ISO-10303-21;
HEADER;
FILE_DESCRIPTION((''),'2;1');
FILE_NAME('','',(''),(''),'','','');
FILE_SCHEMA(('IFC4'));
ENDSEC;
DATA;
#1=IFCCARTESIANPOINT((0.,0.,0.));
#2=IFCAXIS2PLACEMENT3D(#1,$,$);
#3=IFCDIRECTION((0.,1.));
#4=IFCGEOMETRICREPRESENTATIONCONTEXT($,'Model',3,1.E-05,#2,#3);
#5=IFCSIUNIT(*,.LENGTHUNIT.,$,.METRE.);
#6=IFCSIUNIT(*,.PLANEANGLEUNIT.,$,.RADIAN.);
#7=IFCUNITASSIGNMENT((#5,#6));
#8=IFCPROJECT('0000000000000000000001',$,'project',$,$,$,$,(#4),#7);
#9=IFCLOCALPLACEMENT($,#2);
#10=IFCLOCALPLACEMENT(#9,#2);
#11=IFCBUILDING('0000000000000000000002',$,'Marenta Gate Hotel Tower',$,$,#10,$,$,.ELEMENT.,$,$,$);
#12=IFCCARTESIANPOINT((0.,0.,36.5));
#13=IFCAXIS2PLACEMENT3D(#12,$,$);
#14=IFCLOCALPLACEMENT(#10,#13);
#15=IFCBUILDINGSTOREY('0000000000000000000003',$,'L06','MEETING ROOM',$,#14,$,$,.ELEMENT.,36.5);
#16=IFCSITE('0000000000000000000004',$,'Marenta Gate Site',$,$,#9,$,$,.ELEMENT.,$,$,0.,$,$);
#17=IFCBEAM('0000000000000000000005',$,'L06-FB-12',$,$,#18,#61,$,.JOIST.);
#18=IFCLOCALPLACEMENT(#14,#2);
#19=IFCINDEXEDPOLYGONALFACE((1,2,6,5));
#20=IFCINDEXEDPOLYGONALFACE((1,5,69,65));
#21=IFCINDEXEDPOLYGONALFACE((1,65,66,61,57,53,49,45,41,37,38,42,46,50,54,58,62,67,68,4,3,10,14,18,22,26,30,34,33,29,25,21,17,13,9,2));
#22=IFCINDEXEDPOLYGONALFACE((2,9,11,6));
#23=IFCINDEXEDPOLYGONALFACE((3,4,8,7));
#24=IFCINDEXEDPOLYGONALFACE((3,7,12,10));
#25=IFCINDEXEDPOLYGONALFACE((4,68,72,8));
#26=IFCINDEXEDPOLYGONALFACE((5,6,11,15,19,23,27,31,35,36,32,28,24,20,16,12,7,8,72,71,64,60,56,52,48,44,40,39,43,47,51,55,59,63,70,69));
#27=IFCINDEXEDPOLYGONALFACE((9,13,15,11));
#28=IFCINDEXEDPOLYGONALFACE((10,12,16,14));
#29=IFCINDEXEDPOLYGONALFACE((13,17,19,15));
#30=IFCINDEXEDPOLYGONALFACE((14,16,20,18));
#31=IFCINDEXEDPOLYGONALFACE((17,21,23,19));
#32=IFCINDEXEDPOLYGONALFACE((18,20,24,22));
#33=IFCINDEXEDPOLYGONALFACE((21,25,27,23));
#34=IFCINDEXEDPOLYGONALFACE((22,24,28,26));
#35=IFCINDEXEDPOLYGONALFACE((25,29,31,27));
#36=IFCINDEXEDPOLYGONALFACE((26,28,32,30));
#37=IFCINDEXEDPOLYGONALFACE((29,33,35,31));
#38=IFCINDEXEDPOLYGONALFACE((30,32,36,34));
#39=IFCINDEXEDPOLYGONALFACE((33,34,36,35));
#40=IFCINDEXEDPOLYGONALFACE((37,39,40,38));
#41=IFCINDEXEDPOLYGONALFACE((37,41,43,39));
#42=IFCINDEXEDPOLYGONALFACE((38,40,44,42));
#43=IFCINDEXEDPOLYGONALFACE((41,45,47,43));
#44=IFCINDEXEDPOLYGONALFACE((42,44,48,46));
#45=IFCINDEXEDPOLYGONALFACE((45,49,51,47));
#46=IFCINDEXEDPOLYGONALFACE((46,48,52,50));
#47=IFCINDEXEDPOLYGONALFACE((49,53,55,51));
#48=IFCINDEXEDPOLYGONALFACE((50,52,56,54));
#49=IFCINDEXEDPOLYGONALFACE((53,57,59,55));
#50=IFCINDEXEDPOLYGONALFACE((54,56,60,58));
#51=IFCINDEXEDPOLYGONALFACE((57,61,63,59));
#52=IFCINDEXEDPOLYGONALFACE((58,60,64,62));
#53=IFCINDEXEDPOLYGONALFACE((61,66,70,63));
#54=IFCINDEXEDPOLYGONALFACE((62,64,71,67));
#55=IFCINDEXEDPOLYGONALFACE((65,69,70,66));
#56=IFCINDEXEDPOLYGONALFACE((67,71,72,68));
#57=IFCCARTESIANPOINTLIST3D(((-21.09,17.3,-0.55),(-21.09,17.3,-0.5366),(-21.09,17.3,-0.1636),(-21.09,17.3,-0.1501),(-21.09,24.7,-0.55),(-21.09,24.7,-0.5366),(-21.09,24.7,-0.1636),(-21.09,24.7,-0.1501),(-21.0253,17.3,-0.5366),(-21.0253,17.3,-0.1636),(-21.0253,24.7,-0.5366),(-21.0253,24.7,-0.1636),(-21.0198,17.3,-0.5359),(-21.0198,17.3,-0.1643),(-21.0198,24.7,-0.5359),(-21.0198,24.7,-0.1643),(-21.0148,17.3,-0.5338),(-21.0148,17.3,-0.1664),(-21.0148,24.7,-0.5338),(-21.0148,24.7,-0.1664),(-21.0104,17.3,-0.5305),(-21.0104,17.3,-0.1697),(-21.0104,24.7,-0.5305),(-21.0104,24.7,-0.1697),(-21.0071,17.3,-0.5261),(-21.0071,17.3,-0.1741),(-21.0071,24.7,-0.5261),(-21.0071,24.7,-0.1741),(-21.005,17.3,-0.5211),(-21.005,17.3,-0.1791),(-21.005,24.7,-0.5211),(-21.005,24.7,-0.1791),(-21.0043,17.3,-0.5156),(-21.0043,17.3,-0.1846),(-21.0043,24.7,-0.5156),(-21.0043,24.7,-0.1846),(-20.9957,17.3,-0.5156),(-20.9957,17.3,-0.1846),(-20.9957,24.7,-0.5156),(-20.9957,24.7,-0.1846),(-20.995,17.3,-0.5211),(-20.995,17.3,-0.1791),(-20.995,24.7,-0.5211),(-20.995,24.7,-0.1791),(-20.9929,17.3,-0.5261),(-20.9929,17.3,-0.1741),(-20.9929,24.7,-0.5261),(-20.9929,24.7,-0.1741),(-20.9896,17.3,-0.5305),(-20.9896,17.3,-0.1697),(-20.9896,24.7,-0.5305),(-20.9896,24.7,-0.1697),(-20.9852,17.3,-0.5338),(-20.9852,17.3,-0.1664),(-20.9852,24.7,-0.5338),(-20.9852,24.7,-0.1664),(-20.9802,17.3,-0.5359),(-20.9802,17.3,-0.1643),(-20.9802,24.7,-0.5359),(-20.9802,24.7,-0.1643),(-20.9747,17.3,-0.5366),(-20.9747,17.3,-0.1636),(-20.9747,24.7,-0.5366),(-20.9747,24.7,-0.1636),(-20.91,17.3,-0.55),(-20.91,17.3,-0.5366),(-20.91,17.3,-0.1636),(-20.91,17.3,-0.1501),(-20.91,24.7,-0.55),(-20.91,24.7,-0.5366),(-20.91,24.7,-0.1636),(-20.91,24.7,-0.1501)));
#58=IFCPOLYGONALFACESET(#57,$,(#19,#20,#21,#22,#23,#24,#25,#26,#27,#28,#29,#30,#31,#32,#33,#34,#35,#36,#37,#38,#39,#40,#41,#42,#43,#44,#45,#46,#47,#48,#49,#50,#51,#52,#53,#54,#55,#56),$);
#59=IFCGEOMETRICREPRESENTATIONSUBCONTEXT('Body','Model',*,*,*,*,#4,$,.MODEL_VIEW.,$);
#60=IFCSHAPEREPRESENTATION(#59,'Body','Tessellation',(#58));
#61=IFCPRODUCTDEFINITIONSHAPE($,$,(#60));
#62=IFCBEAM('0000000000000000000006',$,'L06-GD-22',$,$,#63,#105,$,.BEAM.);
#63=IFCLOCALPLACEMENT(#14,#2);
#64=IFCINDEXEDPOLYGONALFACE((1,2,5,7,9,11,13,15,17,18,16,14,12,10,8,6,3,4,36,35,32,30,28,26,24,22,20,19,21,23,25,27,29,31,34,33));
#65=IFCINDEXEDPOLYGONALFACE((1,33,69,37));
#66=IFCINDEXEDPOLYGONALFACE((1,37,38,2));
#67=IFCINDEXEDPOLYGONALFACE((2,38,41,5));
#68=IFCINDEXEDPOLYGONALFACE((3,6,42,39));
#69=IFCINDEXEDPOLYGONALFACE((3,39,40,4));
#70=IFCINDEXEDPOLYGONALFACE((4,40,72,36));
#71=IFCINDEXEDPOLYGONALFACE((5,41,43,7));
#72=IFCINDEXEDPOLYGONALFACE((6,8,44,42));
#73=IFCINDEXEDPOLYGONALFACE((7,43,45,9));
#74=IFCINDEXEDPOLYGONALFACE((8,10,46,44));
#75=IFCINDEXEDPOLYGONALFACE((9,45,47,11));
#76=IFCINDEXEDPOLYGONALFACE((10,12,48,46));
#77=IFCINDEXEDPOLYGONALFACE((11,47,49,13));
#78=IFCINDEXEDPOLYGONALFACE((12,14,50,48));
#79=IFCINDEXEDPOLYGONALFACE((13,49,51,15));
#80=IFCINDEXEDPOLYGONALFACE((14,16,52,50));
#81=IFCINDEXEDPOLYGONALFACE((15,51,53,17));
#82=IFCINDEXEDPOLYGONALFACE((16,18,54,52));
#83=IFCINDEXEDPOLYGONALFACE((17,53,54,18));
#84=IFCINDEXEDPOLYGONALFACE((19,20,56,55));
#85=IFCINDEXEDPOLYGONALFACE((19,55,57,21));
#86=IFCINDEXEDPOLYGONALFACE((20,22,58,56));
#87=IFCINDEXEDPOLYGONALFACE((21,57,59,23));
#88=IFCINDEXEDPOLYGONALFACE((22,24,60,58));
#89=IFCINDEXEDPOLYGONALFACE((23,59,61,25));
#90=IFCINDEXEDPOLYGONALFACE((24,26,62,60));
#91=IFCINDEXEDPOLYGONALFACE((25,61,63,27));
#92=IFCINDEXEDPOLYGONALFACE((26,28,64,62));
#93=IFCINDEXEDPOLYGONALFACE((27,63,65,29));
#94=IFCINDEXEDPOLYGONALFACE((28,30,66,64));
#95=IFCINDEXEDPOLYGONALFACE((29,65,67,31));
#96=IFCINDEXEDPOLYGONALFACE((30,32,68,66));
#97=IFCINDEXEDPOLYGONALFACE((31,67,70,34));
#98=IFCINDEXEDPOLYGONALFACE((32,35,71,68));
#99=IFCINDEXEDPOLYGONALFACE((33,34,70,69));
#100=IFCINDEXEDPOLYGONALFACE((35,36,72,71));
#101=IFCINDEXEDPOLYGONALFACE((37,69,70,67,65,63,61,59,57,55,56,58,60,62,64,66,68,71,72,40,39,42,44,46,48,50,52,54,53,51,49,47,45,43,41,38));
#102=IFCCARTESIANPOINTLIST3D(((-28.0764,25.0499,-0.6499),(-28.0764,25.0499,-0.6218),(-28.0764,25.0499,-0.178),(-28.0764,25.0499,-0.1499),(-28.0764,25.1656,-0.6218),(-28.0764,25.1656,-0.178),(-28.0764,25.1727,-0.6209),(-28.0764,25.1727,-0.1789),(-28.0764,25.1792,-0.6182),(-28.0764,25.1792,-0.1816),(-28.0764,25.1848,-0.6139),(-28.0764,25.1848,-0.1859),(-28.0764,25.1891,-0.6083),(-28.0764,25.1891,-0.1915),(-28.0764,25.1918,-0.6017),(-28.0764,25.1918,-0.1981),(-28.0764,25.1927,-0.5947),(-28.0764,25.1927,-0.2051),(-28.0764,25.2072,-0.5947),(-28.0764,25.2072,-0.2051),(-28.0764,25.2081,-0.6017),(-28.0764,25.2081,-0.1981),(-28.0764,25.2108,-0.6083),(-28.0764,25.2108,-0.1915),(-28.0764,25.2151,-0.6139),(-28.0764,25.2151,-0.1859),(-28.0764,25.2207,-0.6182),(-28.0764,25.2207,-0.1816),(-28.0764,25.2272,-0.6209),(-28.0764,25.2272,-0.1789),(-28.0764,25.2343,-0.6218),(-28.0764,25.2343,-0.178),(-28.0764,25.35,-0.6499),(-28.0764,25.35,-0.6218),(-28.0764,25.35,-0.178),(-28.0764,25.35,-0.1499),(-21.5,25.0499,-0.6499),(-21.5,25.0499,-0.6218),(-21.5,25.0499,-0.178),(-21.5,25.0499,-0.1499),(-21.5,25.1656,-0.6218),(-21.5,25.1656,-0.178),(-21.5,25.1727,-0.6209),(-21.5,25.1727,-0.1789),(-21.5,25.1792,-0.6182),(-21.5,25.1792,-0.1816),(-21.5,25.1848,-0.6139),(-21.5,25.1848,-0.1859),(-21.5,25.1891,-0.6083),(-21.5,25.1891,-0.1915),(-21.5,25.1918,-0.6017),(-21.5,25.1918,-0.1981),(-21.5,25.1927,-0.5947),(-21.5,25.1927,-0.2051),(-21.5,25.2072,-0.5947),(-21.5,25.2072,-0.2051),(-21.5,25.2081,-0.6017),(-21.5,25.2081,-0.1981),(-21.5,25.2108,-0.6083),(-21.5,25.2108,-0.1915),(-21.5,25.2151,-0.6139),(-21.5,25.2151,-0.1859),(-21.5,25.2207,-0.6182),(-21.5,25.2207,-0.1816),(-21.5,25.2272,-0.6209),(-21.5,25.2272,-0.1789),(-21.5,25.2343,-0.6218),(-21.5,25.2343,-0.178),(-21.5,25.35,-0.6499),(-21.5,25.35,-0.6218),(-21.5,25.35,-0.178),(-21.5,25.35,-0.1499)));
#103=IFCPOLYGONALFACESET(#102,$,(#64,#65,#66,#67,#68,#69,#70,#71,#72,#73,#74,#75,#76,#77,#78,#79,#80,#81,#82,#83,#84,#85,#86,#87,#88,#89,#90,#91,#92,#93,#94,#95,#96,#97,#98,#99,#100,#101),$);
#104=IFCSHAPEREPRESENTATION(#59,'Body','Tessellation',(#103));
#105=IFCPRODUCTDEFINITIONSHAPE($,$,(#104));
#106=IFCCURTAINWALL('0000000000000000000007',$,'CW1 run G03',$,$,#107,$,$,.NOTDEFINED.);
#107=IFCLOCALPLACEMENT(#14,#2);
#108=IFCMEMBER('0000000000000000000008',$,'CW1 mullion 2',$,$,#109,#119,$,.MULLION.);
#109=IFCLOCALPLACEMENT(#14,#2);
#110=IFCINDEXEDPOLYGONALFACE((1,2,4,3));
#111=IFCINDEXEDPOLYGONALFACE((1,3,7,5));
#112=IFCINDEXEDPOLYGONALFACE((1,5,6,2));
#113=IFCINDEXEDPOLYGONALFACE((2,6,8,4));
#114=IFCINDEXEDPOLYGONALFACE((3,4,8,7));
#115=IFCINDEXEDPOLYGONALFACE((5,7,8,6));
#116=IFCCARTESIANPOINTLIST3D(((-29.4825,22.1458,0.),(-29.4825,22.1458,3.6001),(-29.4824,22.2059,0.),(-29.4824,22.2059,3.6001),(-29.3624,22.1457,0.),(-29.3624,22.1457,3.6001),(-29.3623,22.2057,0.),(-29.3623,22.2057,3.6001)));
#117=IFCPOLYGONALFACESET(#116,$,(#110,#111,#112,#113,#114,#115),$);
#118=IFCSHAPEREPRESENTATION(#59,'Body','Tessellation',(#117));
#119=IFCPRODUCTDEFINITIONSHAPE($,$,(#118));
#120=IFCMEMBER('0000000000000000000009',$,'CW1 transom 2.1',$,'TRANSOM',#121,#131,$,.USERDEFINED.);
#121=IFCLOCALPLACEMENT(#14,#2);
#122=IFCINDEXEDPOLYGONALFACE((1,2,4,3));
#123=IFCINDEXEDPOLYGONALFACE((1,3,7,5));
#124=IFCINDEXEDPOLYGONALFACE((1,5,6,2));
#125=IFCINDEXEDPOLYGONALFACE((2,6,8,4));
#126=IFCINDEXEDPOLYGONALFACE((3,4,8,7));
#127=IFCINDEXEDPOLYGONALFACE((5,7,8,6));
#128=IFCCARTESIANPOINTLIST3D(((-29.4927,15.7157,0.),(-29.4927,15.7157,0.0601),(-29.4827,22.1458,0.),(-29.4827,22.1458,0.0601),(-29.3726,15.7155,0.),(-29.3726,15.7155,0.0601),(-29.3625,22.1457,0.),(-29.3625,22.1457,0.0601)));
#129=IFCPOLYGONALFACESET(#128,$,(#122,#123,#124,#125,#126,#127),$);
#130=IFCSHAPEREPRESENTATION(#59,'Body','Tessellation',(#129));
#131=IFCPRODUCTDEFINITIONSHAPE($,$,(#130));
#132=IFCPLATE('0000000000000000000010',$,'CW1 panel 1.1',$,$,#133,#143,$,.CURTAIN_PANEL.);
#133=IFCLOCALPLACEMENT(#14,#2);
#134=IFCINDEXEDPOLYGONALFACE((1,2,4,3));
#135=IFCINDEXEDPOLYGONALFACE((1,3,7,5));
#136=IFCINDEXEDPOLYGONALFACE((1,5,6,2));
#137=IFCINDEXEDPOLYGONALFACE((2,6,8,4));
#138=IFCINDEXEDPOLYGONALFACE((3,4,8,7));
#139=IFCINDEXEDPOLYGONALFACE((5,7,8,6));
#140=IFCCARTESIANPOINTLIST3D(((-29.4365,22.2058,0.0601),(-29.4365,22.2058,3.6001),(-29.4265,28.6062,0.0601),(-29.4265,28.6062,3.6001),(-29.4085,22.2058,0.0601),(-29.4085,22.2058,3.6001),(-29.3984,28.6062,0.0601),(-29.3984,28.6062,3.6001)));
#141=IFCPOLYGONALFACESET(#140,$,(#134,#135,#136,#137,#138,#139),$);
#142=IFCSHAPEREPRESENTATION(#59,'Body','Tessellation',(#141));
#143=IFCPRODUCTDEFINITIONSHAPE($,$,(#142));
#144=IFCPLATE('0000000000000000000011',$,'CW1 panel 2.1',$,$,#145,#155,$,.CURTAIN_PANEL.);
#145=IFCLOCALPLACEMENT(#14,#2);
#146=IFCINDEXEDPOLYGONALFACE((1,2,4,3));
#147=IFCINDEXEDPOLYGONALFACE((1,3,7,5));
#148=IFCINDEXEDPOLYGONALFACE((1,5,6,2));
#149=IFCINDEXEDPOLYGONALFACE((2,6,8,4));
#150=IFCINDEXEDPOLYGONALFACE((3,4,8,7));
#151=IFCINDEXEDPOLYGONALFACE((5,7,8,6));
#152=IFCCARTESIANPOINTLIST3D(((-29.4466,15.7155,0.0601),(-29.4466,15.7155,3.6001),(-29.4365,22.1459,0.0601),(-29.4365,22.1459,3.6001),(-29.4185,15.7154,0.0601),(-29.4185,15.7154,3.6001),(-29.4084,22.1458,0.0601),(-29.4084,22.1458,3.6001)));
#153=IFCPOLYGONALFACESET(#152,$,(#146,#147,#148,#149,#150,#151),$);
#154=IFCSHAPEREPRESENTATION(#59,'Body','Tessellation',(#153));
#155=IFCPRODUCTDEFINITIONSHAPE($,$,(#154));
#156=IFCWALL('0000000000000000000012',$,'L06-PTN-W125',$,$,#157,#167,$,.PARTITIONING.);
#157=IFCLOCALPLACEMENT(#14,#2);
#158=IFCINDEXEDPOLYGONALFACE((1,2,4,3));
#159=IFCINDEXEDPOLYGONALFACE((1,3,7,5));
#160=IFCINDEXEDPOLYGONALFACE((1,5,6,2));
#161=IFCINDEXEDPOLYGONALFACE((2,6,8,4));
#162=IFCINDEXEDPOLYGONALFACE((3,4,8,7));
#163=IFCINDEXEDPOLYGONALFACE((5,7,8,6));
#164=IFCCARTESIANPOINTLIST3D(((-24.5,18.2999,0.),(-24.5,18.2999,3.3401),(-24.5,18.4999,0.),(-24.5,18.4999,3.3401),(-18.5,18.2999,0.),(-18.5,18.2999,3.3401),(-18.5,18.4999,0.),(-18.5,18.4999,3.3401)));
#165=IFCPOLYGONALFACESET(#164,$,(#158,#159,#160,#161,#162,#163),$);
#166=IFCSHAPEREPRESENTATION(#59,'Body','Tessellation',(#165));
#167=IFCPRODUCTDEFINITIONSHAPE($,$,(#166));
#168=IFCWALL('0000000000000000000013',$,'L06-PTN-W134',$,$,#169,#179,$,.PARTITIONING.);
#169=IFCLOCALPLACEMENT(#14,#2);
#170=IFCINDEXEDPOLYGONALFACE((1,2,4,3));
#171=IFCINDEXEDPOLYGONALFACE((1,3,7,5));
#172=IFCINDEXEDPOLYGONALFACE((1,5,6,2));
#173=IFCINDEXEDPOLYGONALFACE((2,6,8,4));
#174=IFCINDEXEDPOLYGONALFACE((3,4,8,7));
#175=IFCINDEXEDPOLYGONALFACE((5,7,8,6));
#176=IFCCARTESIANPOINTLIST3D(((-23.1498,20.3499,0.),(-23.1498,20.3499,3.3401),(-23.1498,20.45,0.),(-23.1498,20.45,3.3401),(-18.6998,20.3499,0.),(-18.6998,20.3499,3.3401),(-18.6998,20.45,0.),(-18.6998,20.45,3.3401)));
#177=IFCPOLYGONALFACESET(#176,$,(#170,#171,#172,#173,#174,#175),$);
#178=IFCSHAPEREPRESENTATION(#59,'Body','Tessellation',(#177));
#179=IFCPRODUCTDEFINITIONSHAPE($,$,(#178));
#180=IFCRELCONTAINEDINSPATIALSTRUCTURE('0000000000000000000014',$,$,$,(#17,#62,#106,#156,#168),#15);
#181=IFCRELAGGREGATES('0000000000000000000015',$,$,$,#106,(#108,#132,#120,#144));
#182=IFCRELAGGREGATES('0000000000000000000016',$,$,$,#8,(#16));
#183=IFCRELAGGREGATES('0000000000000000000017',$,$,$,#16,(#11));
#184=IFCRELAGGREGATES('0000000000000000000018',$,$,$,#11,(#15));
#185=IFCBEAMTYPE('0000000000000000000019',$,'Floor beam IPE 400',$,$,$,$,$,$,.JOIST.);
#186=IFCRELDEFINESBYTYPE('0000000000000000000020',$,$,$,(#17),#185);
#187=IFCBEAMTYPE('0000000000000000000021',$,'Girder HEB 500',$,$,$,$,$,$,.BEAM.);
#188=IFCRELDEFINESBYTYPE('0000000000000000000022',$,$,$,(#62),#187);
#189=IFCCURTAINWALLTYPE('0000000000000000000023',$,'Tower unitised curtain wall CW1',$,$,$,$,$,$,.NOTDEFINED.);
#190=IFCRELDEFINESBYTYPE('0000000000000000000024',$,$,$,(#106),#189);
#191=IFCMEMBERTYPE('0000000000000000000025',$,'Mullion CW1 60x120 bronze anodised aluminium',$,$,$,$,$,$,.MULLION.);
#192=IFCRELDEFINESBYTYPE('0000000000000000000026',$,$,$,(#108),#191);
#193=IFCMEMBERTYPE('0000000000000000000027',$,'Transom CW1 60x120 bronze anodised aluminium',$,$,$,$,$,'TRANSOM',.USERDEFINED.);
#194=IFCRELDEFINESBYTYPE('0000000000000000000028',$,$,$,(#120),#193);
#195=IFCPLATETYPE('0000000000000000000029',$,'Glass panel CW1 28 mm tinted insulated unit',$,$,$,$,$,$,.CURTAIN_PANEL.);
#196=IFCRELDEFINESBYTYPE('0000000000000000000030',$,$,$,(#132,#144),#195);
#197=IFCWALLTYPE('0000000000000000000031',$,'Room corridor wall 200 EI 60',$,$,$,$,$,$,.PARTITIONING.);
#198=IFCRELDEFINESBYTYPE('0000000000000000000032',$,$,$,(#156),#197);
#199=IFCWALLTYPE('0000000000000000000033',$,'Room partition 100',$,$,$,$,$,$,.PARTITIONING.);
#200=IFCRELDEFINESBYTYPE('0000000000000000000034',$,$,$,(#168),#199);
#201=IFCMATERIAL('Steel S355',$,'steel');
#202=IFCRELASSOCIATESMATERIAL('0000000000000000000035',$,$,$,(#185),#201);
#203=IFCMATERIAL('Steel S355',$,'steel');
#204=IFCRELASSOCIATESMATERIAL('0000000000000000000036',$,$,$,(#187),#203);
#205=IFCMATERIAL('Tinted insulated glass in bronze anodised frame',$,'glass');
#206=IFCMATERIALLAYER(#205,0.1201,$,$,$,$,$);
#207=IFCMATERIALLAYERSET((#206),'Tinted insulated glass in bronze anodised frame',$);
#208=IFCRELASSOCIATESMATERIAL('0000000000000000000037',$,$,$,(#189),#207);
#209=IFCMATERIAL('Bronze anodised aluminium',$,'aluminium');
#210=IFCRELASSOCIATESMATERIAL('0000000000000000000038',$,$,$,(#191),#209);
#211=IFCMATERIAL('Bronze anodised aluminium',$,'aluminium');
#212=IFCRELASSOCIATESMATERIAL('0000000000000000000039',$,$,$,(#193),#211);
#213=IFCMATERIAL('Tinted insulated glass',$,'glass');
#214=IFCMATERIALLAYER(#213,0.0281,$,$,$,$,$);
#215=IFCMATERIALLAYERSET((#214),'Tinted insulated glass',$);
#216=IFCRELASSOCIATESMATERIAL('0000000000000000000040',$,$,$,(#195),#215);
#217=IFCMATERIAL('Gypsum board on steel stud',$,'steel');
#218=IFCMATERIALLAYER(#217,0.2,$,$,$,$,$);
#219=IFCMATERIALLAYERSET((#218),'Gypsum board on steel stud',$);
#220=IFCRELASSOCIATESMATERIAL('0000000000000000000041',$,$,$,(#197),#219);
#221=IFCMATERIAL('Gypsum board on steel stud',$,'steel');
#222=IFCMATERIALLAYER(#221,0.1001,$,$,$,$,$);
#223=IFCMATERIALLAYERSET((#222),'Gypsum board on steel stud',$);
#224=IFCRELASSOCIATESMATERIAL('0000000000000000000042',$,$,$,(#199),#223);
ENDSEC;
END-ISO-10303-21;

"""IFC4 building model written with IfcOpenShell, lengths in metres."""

from ifc_helpers import new_model, si_unit, direction, frame, frame_2d, origin, origin_2d, place, context, subcontext, project, spatial, rectangle, i_section, extrude, material, layer, layer_set, material_profile, profile_set, type_object, element, aggregate, save


model = new_model("IFC4")

# Units and contexts
model_context = context("Model", 3, precision=1e-05, world=origin(), true_north=direction((0.0, 1.0)))
body_context = subcontext(model_context, "Body", "Model", "MODEL_VIEW")
ifc_project = project(units=[si_unit("LENGTHUNIT", "METRE"), si_unit("PLANEANGLEUNIT", "RADIAN")], contexts=[model_context])

# Site, building, storey
site_placement = place(None, origin())
site = spatial("IfcSite", under=ifc_project, at=site_placement, Name="Marenta Gate Site", CompositionType="ELEMENT", RefElevation=0.0)
building_placement = place(site_placement, origin())
building = spatial("IfcBuilding", under=site, at=building_placement, Name="Marenta Gate Hotel Tower", CompositionType="ELEMENT")
storey_placement = place(building_placement, frame((0.0, 0.0, 36.5)))
storey = spatial("IfcBuildingStorey", under=building, at=storey_placement, Name="L06", Description="MEETING ROOM", CompositionType="ELEMENT", Elevation=36.5)

# Beams
ifc_material_1 = material(Name="Steel S355", Category="steel")
ifc_material_profile_1 = material_profile(ifc_material_1, i_section(OverallWidth=0.1799, OverallDepth=0.3999, WebThickness=0.0085, FlangeThickness=0.0134, FilletRadius=0.021, at=origin_2d()), Name="IPE 400")
ifc_profile_set_1 = profile_set([ifc_material_profile_1], Name="Steel S355")
beam_type_1 = type_object("IfcBeamType", Name="Floor beam IPE 400", PredefinedType="JOIST", material=ifc_profile_set_1)
beam_1_placement = place(storey_placement, frame((-21.0, 17.3, -0.3501), z_axis=(0.0, 1.0, 0.0), x_axis=(-1.0, 0.0, 0.0)))
element("IfcBeam", 1, at=beam_1_placement, inside=storey, type_object=beam_type_1, Name="L06-FB-12", PredefinedType="JOIST", context=body_context, shape_type="SweptSolid", body=[
    extrude(i_section(OverallWidth=0.1799, OverallDepth=0.3999, WebThickness=0.0085, FlangeThickness=0.0134, FilletRadius=0.021, at=origin_2d()), origin(), (0.0, 0.0, 1.0), 7.3999),
])
ifc_material_2 = material(Name="Steel S355", Category="steel")
ifc_material_profile_2 = material_profile(ifc_material_2, i_section(OverallWidth=0.3, OverallDepth=0.5, WebThickness=0.0144, FlangeThickness=0.0281, FilletRadius=0.0271, at=origin_2d()), Name="HEB 500")
ifc_profile_set_2 = profile_set([ifc_material_profile_2], Name="Steel S355")
beam_type_2 = type_object("IfcBeamType", Name="Girder HEB 500", PredefinedType="BEAM", material=ifc_profile_set_2)
beam_2_placement = place(storey_placement, frame((-28.0764, 25.2, -0.3999), z_axis=(1.0, 0.0, 0.0), x_axis=(0.0, 1.0, 0.0)))
element("IfcBeam", 2, at=beam_2_placement, inside=storey, type_object=beam_type_2, Name="L06-GD-22", PredefinedType="BEAM", context=body_context, shape_type="SweptSolid", body=[
    extrude(i_section(OverallWidth=0.3, OverallDepth=0.5, WebThickness=0.0144, FlangeThickness=0.0281, FilletRadius=0.0271, at=origin_2d()), origin(), (0.0, 0.0, 1.0), 6.5764),
])

# Curtain wall, members, plates
ifc_material_3 = material(Name="Tinted insulated glass in bronze anodised frame", Category="glass")
ifc_layer_1 = layer(ifc_material_3, 0.1201)
ifc_layer_set_1 = layer_set([ifc_layer_1], Name="Tinted insulated glass in bronze anodised frame")
curtain_wall_type = type_object("IfcCurtainWallType", Name="Tower unitised curtain wall CW1", PredefinedType="NOTDEFINED", material=ifc_layer_set_1)
curtain_wall_placement = place(storey_placement, origin())
curtain_wall = element("IfcCurtainWall", 3, at=curtain_wall_placement, inside=storey, type_object=curtain_wall_type, Name="CW1 run G03", PredefinedType="NOTDEFINED")
ifc_material_4 = material(Name="Bronze anodised aluminium", Category="aluminium")
ifc_material_profile_3 = material_profile(ifc_material_4, rectangle(XDim=0.1201, YDim=0.0601, at=origin_2d()), Name="Mullion CW1 60x120 bronze anodised aluminium")
ifc_profile_set_3 = profile_set([ifc_material_profile_3], Name="Bronze anodised aluminium")
member_type_1 = type_object("IfcMemberType", Name="Mullion CW1 60x120 bronze anodised aluminium", PredefinedType="MULLION", material=ifc_profile_set_3)
member_1_placement = place(storey_placement, frame((-29.4224, 22.1758, 0.0), z_axis=(0.0, 0.0, 1.0), x_axis=(0.999999, -0.001566, 0.0)))
member_1 = element("IfcMember", 4, at=member_1_placement, type_object=member_type_1, Name="CW1 mullion 2", PredefinedType="MULLION", context=body_context, shape_type="SweptSolid", body=[
    extrude(rectangle(XDim=0.1201, YDim=0.0601, at=origin_2d()), origin(), (0.0, 0.0, 1.0), 3.6001),
])
ifc_material_5 = material(Name="Bronze anodised aluminium", Category="aluminium")
ifc_material_profile_4 = material_profile(ifc_material_5, rectangle(XDim=0.1201, YDim=0.0601, at=origin_2d()), Name="Transom CW1 60x120 bronze anodised aluminium")
ifc_profile_set_4 = profile_set([ifc_material_profile_4], Name="Bronze anodised aluminium")
member_type_2 = type_object("IfcMemberType", Name="Transom CW1 60x120 bronze anodised aluminium", ElementType="TRANSOM", PredefinedType="USERDEFINED", material=ifc_profile_set_4)
member_2_placement = place(storey_placement, frame((-29.4226, 22.1458, 0.03), z_axis=(-0.001557, -0.999999, 0.0), x_axis=(0.999999, -0.001557, 0.0)))
member_2 = element("IfcMember", 5, at=member_2_placement, type_object=member_type_2, Name="CW1 transom 2.1", ObjectType="TRANSOM", PredefinedType="USERDEFINED", context=body_context, shape_type="SweptSolid", body=[
    extrude(rectangle(XDim=0.1201, YDim=0.0601, at=origin_2d()), origin(), (0.0, 0.0, 1.0), 6.4302),
])
ifc_material_6 = material(Name="Tinted insulated glass", Category="glass")
ifc_layer_2 = layer(ifc_material_6, 0.0281)
ifc_layer_set_2 = layer_set([ifc_layer_2], Name="Tinted insulated glass")
plate_type = type_object("IfcPlateType", Name="Glass panel CW1 28 mm tinted insulated unit", PredefinedType="CURTAIN_PANEL", material=ifc_layer_set_2)
plate_1_placement = place(storey_placement, frame((-29.4175, 25.406, 0.0601), z_axis=(0.0, 0.0, 1.0), x_axis=(-0.001566, -0.999999, 0.0)))
plate_1 = element("IfcPlate", 6, at=plate_1_placement, type_object=plate_type, Name="CW1 panel 1.1", PredefinedType="CURTAIN_PANEL", context=body_context, shape_type="SweptSolid", body=[
    extrude(rectangle(XDim=6.4004, YDim=0.0281, at=origin_2d()), origin(), (0.0, 0.0, 1.0), 3.54),
])
plate_2_placement = place(storey_placement, frame((-29.4275, 18.9307, 0.0601), z_axis=(0.0, 0.0, 1.0), x_axis=(-0.001566, -0.999999, 0.0)))
plate_2 = element("IfcPlate", 7, at=plate_2_placement, type_object=plate_type, Name="CW1 panel 2.1", PredefinedType="CURTAIN_PANEL", context=body_context, shape_type="SweptSolid", body=[
    extrude(rectangle(XDim=6.4304, YDim=0.0281, at=origin_2d()), origin(), (0.0, 0.0, 1.0), 3.54),
])
aggregate(curtain_wall, [member_1, plate_1, member_2, plate_2])

# Walls
ifc_material_7 = material(Name="Gypsum board on steel stud", Category="steel")
ifc_layer_3 = layer(ifc_material_7, 0.2)
ifc_layer_set_3 = layer_set([ifc_layer_3], Name="Gypsum board on steel stud")
wall_type_1 = type_object("IfcWallType", Name="Room corridor wall 200 EI 60", PredefinedType="PARTITIONING", material=ifc_layer_set_3)
wall_1_placement = place(storey_placement, frame((-24.5, 18.3999, 0.0), z_axis=(0.0, 0.0, 1.0), x_axis=(1.0, 0.0, 0.0)))
element("IfcWall", 8, at=wall_1_placement, inside=storey, type_object=wall_type_1, Name="L06-PTN-W125", PredefinedType="PARTITIONING", context=body_context, shape_type="SweptSolid", body=[
    extrude(rectangle(XDim=6.0, YDim=0.2, at=frame_2d((3.0, 0.0))), origin(), (0.0, 0.0, 1.0), 3.3401),
])
ifc_material_8 = material(Name="Gypsum board on steel stud", Category="steel")
ifc_layer_4 = layer(ifc_material_8, 0.1001)
ifc_layer_set_4 = layer_set([ifc_layer_4], Name="Gypsum board on steel stud")
wall_type_2 = type_object("IfcWallType", Name="Room partition 100", PredefinedType="PARTITIONING", material=ifc_layer_set_4)
wall_2_placement = place(storey_placement, frame((-23.1499, 20.3999, 0.0), z_axis=(0.0, 0.0, 1.0), x_axis=(1.0, 0.0, 0.0)))
element("IfcWall", 9, at=wall_2_placement, inside=storey, type_object=wall_type_2, Name="L06-PTN-W134", PredefinedType="PARTITIONING", context=body_context, shape_type="SweptSolid", body=[
    extrude(rectangle(XDim=4.45, YDim=0.1001, at=frame_2d((2.2251, 0.0))), origin(), (0.0, 0.0, 1.0), 3.3401),
])

save(model, "model.ifc")
